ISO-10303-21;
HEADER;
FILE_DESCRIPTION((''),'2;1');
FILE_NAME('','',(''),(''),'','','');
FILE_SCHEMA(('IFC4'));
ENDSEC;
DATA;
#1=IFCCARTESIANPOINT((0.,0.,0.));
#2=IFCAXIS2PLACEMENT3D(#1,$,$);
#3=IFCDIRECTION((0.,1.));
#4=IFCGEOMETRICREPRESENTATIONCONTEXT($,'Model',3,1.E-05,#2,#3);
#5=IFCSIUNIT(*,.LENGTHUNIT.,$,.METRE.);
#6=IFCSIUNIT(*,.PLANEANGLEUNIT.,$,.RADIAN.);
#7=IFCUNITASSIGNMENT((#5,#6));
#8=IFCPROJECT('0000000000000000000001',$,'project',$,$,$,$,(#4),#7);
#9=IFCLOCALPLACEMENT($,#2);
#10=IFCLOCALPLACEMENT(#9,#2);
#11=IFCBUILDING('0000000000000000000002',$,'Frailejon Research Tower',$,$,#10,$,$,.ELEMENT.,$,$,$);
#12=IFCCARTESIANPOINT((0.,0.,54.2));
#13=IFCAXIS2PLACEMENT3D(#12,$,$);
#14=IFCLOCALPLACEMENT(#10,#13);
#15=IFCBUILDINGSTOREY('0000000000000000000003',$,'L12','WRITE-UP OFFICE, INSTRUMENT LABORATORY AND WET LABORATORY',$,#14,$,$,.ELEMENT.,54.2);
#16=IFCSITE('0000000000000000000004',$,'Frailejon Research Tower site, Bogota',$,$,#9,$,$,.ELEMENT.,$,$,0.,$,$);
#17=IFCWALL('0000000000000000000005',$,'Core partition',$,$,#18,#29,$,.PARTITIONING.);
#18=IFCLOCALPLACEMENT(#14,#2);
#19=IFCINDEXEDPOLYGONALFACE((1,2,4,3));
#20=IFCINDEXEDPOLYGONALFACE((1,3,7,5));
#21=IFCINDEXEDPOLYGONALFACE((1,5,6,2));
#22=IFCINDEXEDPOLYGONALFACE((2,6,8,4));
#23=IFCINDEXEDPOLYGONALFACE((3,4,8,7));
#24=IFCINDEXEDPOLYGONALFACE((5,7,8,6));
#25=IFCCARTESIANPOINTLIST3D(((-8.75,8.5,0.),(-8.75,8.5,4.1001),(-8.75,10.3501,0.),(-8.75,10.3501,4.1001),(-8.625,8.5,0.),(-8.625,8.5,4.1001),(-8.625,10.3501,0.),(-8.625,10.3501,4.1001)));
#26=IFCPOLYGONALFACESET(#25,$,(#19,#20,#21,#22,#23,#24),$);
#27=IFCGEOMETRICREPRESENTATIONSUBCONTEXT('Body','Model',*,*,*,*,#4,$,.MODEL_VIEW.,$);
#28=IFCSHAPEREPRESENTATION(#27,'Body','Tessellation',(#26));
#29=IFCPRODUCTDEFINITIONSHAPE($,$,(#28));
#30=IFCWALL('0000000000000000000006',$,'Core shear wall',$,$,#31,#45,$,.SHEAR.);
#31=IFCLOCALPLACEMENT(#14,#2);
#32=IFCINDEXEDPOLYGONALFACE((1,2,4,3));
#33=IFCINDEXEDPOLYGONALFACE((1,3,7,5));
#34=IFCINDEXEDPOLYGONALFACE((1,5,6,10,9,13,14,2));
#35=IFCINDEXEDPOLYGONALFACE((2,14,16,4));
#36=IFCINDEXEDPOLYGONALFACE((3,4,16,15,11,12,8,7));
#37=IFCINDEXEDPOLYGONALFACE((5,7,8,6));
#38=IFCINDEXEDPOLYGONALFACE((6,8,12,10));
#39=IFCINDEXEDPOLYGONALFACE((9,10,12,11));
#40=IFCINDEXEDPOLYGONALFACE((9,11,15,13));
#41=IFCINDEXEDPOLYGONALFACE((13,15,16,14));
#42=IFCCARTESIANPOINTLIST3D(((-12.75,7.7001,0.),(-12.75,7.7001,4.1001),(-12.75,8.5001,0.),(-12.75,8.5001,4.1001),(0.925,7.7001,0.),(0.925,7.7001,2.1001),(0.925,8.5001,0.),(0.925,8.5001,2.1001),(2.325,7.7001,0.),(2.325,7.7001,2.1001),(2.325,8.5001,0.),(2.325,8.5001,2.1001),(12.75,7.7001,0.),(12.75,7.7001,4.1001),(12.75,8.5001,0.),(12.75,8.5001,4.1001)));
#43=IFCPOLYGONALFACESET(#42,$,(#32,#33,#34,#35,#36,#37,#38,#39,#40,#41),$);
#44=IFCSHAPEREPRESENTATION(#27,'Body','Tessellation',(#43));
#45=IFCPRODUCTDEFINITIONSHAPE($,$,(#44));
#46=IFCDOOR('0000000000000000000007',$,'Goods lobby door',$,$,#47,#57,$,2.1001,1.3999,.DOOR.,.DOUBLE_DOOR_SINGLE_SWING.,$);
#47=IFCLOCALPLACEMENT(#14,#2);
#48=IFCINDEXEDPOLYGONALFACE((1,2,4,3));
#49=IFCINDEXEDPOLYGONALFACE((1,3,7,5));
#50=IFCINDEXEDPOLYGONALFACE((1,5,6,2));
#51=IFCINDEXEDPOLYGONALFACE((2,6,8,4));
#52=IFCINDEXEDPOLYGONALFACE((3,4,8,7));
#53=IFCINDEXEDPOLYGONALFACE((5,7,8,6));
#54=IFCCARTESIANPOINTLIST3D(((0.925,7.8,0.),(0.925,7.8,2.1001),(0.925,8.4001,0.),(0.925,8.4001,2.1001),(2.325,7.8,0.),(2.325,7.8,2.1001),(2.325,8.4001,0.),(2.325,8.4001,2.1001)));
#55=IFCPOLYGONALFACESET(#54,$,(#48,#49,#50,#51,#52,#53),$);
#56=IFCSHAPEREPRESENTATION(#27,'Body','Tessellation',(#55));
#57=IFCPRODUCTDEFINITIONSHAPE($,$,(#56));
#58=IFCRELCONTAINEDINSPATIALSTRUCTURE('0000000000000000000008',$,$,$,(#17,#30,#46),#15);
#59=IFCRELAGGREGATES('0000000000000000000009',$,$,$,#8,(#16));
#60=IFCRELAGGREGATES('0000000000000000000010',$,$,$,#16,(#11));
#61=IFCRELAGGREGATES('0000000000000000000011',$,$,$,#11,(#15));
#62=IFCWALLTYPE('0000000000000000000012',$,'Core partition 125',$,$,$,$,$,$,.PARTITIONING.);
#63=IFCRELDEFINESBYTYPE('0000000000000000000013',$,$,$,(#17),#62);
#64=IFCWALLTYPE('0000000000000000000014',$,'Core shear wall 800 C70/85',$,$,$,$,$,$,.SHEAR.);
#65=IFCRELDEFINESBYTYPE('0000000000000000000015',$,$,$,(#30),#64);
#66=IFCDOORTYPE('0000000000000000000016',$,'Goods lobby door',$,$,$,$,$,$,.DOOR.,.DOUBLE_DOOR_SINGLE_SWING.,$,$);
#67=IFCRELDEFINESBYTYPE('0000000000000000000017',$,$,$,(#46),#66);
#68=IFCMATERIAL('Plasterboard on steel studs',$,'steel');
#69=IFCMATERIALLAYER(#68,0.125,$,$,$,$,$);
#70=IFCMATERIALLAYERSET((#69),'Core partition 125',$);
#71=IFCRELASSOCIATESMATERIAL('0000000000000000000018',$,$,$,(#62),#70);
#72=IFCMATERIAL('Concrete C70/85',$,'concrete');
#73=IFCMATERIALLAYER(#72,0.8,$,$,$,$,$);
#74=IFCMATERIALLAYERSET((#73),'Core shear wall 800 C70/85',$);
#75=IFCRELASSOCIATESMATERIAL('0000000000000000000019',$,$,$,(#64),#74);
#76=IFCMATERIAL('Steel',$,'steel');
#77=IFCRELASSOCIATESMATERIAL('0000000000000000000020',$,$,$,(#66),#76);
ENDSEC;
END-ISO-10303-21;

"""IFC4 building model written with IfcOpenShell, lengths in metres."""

from ifc_helpers import new_model, si_unit, direction, frame, frame_2d, origin, place, context, subcontext, project, spatial, rectangle, extrude, material, layer, layer_set, type_object, element, fill, save


model = new_model("IFC4")

# Units and contexts
model_context = context("Model", 3, precision=1e-05, world=origin(), true_north=direction((0.0, 1.0)))
body_context = subcontext(model_context, "Body", "Model", "MODEL_VIEW")
ifc_project = project(units=[si_unit("LENGTHUNIT", "METRE"), si_unit("PLANEANGLEUNIT", "RADIAN")], contexts=[model_context])

# Site, building, storey
site_placement = place(None, origin())
site = spatial("IfcSite", under=ifc_project, at=site_placement, Name="Frailejon Research Tower site, Bogota", CompositionType="ELEMENT", RefElevation=0.0)
building_placement = place(site_placement, origin())
building = spatial("IfcBuilding", under=site, at=building_placement, Name="Frailejon Research Tower", CompositionType="ELEMENT")
storey_placement = place(building_placement, frame((0.0, 0.0, 54.2)))
storey = spatial("IfcBuildingStorey", under=building, at=storey_placement, Name="L12", Description="WRITE-UP OFFICE, INSTRUMENT LABORATORY AND WET LABORATORY", CompositionType="ELEMENT", Elevation=54.2)

# Wall
ifc_material_1 = material(Name="Plasterboard on steel studs", Category="steel")
ifc_layer_1 = layer(ifc_material_1, 0.125)
ifc_layer_set_1 = layer_set([ifc_layer_1], Name="Core partition 125")
wall_type_1 = type_object("IfcWallType", Name="Core partition 125", PredefinedType="PARTITIONING", material=ifc_layer_set_1)
wall_1_placement = place(storey_placement, frame((-8.6875, 8.5, 0.0), z_axis=(0.0, 0.0, 1.0), x_axis=(0.0, 1.0, 0.0)))
element("IfcWall", 1, at=wall_1_placement, inside=storey, type_object=wall_type_1, Name="Core partition", PredefinedType="PARTITIONING", context=body_context, shape_type="SweptSolid", body=[
    extrude(rectangle(XDim=1.8501, YDim=0.125, at=frame_2d((0.925, 0.0))), origin(), (0.0, 0.0, 1.0), 4.1001),
])

# Wall, opening, door
ifc_material_2 = material(Name="Concrete C70/85", Category="concrete")
ifc_layer_2 = layer(ifc_material_2, 0.8)
ifc_layer_set_2 = layer_set([ifc_layer_2], Name="Core shear wall 800 C70/85")
wall_type_2 = type_object("IfcWallType", Name="Core shear wall 800 C70/85", PredefinedType="SHEAR", material=ifc_layer_set_2)
wall_2_placement = place(storey_placement, frame((-12.75, 8.1001, 0.0), z_axis=(0.0, 0.0, 1.0), x_axis=(1.0, 0.0, 0.0)))
wall_2 = element("IfcWall", 2, at=wall_2_placement, inside=storey, type_object=wall_type_2, Name="Core shear wall", PredefinedType="SHEAR", context=body_context, shape_type="SweptSolid", body=[
    extrude(rectangle(XDim=25.5, YDim=0.8, at=frame_2d((12.75, 0.0))), origin(), (0.0, 0.0, 1.0), 4.1001),
])
opening_1_placement = place(wall_2_placement, frame((13.675, 0.0, 0.0)))
opening_1 = element("IfcOpeningElement", 3, at=opening_1_placement, cuts=wall_2, PredefinedType="OPENING", context=body_context, shape_type="SweptSolid", body=[
    extrude(rectangle(XDim=1.3999, YDim=2.1001, at=frame_2d((0.7, 1.05))), frame((0.0, 0.4099, 0.0), z_axis=(0.0, -1.0, 0.0), x_axis=(1.0, 0.0, 0.0)), (0.0, 0.0, 1.0), 0.8201),
])
ifc_material_3 = material(Name="Steel", Category="steel")
door_type_1 = type_object("IfcDoorType", Name="Goods lobby door", OperationType="DOUBLE_DOOR_SINGLE_SWING", PredefinedType="DOOR", material=ifc_material_3)
door_1_placement = place(opening_1_placement, origin())
door_1 = element("IfcDoor", 4, at=door_1_placement, inside=storey, type_object=door_type_1, Name="Goods lobby door", OperationType="DOUBLE_DOOR_SINGLE_SWING", OverallHeight=2.1001, OverallWidth=1.3999, PredefinedType="DOOR", context=body_context, shape_type="SweptSolid", body=[
    extrude(rectangle(XDim=1.3999, YDim=2.1001, at=frame_2d((0.7, 1.05))), frame((0.0, 0.3, 0.0), z_axis=(0.0, -1.0, 0.0), x_axis=(1.0, 0.0, 0.0)), (0.0, 0.0, 1.0), 0.6001),
])
fill(opening_1, door_1)

save(model, "model.ifc")
